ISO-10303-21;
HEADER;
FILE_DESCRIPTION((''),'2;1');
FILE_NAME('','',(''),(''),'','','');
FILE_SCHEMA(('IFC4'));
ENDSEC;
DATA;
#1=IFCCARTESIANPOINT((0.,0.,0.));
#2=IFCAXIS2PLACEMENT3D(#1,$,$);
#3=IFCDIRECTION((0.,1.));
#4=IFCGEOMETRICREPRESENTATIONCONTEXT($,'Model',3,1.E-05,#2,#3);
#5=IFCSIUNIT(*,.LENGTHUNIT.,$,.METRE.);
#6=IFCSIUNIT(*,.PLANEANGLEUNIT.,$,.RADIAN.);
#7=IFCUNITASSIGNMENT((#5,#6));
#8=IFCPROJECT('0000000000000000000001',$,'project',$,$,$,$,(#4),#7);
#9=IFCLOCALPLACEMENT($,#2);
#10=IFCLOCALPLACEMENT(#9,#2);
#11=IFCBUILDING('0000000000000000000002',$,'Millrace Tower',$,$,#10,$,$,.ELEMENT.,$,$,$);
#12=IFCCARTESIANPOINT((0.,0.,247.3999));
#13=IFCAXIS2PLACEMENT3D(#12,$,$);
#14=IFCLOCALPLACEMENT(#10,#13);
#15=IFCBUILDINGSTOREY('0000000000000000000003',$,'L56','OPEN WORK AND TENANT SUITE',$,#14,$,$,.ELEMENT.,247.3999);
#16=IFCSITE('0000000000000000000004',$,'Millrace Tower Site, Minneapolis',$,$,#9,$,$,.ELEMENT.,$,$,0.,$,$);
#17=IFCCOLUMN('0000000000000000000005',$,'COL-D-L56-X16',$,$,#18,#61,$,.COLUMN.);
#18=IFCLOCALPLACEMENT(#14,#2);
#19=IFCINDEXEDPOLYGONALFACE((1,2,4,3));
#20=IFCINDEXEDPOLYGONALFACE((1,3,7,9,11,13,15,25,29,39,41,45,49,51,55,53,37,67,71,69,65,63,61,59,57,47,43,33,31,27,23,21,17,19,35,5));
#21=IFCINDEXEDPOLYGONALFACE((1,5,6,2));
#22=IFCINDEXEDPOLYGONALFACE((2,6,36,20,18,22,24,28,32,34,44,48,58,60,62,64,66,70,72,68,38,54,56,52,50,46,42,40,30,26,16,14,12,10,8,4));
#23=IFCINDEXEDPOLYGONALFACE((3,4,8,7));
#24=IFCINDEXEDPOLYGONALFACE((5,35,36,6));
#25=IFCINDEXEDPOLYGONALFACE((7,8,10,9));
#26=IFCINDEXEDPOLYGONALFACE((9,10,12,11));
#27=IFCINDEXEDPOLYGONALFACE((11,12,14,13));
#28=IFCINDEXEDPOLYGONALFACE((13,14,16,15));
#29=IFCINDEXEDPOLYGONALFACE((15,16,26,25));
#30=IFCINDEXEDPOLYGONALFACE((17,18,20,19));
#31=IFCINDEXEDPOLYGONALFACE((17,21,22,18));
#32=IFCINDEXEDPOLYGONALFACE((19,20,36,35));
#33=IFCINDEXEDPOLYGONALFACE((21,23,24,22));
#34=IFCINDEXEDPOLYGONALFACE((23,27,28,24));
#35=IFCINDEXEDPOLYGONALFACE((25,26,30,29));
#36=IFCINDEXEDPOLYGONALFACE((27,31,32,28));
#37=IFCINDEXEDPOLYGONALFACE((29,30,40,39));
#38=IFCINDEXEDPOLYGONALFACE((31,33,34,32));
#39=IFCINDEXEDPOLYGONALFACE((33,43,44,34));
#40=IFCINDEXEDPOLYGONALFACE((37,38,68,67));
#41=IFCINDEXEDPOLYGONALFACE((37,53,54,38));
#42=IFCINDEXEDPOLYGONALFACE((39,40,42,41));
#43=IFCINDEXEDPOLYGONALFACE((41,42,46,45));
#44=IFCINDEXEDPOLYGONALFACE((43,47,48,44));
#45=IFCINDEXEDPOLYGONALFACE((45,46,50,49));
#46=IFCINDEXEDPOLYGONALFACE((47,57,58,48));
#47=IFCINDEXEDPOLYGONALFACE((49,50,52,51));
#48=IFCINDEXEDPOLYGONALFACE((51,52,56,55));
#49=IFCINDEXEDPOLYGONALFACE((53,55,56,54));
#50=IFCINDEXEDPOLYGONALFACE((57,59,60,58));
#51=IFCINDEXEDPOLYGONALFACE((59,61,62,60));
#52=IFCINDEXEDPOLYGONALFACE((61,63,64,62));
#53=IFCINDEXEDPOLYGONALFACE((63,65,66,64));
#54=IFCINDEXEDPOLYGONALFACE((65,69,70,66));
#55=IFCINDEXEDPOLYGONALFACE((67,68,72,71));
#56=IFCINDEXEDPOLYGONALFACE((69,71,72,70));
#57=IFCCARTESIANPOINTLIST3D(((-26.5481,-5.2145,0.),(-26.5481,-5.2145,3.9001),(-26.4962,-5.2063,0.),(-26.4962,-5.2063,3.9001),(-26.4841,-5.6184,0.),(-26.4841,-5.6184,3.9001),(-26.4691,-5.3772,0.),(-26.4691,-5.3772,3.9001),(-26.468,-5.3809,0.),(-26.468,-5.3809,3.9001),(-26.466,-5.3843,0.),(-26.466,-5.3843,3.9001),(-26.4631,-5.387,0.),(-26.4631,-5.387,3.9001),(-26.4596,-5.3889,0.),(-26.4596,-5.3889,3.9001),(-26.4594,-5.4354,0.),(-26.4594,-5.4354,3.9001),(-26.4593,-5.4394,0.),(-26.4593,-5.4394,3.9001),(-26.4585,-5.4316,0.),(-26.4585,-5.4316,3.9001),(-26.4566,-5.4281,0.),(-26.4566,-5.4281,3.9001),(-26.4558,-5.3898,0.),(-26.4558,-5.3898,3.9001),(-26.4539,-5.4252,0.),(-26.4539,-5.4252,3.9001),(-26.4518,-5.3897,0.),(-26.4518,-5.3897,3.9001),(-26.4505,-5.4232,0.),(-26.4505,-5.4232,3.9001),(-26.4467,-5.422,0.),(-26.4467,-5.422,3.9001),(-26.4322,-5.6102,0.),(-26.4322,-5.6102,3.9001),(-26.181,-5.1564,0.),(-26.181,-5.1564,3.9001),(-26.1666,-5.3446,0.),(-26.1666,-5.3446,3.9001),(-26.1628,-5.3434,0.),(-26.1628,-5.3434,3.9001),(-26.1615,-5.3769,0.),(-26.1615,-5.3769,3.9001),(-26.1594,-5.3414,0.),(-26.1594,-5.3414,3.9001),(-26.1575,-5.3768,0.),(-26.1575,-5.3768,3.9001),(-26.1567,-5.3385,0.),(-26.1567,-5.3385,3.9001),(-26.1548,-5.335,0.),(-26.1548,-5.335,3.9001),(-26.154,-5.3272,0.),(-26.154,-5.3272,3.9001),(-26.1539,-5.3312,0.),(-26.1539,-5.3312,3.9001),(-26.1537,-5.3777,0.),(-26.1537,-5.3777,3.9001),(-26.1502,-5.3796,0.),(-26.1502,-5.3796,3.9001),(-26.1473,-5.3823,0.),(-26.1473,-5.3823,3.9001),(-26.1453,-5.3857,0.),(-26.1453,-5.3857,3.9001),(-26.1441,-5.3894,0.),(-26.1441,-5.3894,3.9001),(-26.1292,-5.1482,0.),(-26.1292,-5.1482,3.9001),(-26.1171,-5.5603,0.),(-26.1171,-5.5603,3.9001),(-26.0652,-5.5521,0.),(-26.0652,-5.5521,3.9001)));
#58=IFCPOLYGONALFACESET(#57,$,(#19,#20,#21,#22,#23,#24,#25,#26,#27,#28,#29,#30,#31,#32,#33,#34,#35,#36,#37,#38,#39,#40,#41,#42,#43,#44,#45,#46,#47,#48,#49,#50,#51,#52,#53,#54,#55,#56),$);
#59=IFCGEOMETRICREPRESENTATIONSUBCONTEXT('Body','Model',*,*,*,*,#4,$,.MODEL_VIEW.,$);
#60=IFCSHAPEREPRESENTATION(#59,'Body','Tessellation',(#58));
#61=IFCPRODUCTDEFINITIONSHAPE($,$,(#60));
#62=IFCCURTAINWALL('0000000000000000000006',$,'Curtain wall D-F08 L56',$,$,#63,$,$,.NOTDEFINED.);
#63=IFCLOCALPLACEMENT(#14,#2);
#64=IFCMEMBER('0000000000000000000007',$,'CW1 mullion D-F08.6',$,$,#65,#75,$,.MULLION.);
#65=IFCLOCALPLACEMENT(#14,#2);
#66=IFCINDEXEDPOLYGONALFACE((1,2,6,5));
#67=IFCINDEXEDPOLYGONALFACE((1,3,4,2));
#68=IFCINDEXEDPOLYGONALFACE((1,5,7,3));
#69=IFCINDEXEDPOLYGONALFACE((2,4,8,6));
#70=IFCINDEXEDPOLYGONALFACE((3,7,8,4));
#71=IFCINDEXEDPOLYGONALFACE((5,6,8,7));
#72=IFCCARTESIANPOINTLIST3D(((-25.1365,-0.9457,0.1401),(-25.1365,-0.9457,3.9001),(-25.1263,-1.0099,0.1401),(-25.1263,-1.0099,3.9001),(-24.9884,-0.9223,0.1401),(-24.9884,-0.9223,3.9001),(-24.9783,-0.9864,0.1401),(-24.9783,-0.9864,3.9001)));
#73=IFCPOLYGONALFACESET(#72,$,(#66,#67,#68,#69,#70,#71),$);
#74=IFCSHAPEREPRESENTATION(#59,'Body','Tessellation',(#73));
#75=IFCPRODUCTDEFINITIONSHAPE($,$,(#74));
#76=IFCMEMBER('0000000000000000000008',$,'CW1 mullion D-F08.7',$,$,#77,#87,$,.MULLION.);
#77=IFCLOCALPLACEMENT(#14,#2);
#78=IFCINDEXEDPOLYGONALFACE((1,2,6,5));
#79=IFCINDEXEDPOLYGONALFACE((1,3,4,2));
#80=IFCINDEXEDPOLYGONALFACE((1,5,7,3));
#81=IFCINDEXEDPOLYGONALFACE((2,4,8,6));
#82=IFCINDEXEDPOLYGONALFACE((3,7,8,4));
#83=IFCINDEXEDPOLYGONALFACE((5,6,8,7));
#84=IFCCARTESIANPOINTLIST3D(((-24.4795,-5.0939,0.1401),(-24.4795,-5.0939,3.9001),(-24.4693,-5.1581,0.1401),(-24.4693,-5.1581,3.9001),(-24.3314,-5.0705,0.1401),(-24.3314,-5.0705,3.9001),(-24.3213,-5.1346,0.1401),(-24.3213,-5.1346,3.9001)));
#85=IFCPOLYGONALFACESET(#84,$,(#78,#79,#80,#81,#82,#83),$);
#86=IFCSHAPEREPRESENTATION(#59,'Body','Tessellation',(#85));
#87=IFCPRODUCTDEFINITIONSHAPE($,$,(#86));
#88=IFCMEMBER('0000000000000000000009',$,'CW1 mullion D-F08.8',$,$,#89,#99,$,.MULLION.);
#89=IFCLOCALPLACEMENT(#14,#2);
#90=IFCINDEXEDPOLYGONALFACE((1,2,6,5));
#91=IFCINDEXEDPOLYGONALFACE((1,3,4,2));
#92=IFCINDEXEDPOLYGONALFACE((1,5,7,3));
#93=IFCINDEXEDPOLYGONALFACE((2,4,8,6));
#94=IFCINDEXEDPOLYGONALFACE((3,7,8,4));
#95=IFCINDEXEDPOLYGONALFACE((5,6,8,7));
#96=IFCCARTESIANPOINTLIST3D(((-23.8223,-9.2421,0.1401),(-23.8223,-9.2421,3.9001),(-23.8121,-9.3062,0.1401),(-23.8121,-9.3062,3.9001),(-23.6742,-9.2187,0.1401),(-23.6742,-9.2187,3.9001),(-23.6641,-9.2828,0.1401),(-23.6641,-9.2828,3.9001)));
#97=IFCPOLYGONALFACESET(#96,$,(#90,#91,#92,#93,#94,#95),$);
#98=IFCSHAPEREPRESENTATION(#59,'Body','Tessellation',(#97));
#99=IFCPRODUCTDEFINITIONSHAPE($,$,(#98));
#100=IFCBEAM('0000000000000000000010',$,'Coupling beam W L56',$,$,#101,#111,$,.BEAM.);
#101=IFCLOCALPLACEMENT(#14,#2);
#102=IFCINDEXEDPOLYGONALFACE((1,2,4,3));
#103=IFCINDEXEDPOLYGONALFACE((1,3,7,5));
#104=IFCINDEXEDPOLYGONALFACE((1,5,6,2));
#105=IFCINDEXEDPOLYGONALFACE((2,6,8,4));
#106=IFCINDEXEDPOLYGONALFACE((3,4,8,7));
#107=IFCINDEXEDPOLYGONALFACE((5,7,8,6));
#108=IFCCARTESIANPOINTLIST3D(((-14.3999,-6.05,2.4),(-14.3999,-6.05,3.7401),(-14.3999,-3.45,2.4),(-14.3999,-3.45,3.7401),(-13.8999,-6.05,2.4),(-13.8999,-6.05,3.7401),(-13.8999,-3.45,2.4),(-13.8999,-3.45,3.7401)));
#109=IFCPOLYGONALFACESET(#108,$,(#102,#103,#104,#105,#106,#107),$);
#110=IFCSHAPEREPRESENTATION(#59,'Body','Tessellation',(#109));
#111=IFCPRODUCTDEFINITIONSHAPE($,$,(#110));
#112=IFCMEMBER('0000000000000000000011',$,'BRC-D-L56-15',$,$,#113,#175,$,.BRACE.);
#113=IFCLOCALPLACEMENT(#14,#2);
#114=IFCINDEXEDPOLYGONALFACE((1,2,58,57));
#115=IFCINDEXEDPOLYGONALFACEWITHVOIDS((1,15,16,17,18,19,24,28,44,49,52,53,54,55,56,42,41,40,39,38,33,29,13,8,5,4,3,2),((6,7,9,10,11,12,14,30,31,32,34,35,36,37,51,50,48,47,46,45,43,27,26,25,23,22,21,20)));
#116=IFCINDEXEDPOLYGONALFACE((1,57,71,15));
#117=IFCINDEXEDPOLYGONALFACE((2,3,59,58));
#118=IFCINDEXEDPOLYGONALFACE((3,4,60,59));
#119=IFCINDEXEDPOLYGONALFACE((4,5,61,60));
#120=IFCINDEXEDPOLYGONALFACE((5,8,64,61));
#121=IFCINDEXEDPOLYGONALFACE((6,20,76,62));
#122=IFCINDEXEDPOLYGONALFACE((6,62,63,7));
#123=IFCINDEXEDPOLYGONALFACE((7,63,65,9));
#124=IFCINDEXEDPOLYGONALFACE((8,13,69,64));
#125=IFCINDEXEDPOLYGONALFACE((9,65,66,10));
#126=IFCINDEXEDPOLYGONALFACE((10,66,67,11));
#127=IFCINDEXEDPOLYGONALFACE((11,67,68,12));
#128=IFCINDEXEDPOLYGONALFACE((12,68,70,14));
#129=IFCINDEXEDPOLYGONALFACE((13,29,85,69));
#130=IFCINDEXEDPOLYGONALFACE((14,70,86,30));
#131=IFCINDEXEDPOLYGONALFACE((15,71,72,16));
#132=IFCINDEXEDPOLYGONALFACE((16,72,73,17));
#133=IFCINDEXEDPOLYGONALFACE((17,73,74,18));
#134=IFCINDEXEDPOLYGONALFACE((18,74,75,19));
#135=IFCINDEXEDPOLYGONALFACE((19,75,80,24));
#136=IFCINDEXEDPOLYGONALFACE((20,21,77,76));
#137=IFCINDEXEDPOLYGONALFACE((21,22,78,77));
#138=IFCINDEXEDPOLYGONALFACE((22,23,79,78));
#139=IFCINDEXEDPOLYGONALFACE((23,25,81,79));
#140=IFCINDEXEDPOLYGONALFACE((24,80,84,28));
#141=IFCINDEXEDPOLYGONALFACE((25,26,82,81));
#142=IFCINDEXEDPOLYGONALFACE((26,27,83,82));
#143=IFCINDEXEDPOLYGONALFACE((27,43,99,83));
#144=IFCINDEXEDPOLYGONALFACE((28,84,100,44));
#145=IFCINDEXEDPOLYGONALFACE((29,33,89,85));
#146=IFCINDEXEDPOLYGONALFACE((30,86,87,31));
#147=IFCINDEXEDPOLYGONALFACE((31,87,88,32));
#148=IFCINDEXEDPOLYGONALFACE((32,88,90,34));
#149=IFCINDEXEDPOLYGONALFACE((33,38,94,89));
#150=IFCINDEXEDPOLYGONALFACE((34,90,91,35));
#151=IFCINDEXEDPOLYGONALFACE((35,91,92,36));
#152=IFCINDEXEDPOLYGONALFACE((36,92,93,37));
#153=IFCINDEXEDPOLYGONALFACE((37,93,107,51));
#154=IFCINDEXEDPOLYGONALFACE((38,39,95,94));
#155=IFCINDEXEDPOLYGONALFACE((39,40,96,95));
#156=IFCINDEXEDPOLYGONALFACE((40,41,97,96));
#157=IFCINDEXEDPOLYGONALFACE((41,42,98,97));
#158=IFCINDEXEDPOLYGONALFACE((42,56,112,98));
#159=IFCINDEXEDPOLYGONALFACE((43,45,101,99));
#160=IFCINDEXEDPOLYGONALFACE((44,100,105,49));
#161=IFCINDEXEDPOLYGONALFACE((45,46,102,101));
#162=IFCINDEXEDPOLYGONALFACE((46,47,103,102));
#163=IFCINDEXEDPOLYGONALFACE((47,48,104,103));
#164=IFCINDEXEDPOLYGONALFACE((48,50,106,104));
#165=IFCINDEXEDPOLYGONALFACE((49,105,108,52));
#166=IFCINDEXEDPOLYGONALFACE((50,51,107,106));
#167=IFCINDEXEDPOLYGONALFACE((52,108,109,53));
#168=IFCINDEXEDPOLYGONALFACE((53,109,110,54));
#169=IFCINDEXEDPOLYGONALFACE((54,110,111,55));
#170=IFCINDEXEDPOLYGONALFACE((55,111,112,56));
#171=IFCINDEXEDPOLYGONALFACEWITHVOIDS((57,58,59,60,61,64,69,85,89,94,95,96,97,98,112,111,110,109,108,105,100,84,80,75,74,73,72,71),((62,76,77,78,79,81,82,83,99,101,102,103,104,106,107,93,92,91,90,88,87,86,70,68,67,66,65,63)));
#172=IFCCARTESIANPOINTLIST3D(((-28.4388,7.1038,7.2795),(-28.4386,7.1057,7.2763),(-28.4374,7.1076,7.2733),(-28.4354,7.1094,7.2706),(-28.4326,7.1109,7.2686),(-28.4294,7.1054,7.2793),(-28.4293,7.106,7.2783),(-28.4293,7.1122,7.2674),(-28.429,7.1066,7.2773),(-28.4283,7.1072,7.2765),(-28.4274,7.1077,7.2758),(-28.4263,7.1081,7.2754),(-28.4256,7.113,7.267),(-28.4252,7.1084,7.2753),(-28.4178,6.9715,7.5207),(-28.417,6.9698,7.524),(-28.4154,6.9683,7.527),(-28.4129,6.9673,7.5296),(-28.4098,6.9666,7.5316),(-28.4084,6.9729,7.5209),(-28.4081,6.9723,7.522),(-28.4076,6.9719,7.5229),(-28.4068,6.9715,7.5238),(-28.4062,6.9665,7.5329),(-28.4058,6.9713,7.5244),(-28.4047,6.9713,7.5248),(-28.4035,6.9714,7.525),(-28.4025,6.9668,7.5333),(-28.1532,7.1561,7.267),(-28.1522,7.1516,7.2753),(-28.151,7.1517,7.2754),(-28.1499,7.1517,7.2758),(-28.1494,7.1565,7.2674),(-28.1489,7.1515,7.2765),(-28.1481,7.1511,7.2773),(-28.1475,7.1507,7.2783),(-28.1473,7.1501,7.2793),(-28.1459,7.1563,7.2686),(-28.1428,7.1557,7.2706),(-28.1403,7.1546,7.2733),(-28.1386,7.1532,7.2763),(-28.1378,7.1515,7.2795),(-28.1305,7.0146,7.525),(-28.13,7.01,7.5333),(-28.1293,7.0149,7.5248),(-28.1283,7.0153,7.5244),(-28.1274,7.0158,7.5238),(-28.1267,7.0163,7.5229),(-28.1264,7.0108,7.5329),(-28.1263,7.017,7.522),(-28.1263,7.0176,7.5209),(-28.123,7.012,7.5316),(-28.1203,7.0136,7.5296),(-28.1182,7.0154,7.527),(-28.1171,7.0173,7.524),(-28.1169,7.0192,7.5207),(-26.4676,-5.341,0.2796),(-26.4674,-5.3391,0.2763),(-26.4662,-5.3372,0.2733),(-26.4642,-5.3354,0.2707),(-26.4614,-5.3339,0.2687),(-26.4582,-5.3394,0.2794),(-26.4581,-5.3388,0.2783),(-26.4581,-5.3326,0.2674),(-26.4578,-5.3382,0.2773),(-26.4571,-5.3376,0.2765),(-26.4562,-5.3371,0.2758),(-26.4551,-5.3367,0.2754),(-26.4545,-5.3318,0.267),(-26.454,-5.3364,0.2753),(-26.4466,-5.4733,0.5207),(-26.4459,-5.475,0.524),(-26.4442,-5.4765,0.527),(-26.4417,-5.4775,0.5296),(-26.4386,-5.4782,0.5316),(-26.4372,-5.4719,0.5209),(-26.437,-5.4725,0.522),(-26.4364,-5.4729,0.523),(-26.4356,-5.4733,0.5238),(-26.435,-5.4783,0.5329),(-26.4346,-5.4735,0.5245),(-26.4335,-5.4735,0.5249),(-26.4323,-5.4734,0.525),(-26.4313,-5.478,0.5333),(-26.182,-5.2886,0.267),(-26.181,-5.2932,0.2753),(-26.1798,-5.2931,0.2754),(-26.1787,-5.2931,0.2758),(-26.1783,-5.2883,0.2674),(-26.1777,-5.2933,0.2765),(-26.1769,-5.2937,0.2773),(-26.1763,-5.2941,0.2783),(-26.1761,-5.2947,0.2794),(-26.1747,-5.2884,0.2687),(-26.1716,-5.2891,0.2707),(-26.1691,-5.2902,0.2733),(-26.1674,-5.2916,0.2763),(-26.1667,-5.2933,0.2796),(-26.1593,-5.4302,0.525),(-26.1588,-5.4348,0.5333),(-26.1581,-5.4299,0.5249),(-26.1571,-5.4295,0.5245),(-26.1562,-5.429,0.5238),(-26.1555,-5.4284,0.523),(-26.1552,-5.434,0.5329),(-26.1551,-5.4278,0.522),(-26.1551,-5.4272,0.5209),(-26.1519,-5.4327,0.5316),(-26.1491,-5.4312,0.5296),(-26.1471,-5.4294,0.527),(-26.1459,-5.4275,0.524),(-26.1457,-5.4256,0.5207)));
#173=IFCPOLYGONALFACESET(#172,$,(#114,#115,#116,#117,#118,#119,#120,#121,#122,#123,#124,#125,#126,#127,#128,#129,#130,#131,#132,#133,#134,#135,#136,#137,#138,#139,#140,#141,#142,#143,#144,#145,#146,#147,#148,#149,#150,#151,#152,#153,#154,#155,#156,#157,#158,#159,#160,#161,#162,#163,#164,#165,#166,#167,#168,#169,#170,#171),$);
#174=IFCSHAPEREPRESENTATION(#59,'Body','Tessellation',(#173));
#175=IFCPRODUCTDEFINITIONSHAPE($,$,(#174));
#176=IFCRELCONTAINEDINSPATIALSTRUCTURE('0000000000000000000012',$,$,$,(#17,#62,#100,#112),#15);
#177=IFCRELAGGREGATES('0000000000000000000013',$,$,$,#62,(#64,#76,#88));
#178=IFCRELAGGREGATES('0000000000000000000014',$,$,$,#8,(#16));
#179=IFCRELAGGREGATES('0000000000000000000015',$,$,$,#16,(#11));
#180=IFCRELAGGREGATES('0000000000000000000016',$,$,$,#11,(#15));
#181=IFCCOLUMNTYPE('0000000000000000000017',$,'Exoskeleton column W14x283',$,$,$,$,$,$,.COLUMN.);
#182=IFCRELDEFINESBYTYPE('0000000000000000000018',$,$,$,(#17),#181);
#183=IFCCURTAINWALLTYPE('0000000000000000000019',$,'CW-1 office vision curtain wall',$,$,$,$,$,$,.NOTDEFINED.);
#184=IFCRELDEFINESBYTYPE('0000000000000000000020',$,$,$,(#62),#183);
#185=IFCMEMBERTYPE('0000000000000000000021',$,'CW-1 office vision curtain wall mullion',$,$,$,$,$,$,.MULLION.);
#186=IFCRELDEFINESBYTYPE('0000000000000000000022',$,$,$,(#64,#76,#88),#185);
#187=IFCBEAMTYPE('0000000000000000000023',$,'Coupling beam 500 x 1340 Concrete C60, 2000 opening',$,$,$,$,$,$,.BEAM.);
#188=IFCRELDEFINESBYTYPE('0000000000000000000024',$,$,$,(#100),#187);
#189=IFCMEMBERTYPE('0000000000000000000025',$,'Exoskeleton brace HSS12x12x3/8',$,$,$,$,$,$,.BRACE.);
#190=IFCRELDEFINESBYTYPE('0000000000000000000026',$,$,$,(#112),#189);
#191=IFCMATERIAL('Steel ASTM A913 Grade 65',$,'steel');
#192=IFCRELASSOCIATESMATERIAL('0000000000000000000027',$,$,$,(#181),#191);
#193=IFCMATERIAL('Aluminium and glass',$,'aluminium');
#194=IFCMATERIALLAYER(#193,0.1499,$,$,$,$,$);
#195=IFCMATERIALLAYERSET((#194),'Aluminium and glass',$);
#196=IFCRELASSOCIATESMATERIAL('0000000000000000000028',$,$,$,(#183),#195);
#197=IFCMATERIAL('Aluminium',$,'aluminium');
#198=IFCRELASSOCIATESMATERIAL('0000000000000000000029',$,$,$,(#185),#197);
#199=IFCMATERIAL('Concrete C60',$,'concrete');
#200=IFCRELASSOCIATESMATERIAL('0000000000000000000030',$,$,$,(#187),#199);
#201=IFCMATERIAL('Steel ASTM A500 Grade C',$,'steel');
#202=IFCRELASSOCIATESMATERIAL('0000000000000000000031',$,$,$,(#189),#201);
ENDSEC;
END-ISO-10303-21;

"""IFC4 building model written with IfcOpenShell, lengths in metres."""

from ifc_helpers import new_model, si_unit, direction, frame, origin, origin_2d, place, context, subcontext, project, spatial, rectangle, hollow_rectangle, i_section, extrude, material, layer, layer_set, material_profile, profile_set, type_object, element, aggregate, save


model = new_model("IFC4")

# Units and contexts
model_context = context("Model", 3, precision=1e-05, world=origin(), true_north=direction((0.0, 1.0)))
body_context = subcontext(model_context, "Body", "Model", "MODEL_VIEW")
ifc_project = project(units=[si_unit("LENGTHUNIT", "METRE"), si_unit("PLANEANGLEUNIT", "RADIAN")], contexts=[model_context])

# Site, building, storey
site_placement = place(None, origin())
site = spatial("IfcSite", under=ifc_project, at=site_placement, Name="Millrace Tower Site, Minneapolis", CompositionType="ELEMENT", RefElevation=0.0)
building_placement = place(site_placement, origin())
building = spatial("IfcBuilding", under=site, at=building_placement, Name="Millrace Tower", CompositionType="ELEMENT")
storey_placement = place(building_placement, frame((0.0, 0.0, 247.3999)))
storey = spatial("IfcBuildingStorey", under=building, at=storey_placement, Name="L56", Description="OPEN WORK AND TENANT SUITE", CompositionType="ELEMENT", Elevation=247.3999)

# Column
ifc_material_1 = material(Name="Steel ASTM A913 Grade 65", Category="steel")
ifc_material_profile_1 = material_profile(ifc_material_1, i_section(OverallWidth=0.4089, OverallDepth=0.4241, WebThickness=0.0327, FlangeThickness=0.0525, FilletRadius=0.0151, at=origin_2d()))
ifc_profile_set_1 = profile_set([ifc_material_profile_1], Name="Steel ASTM A913 Grade 65")
column_type = type_object("IfcColumnType", Name="Exoskeleton column W14x283", PredefinedType="COLUMN", material=ifc_profile_set_1)
column_placement = place(storey_placement, frame((-26.3066, -5.3833, 0.0), z_axis=(0.0, 0.0, 1.0), x_axis=(0.156434, -0.987688, 0.0)))
element("IfcColumn", 1, at=column_placement, inside=storey, type_object=column_type, Name="COL-D-L56-X16", PredefinedType="COLUMN", context=body_context, shape_type="SweptSolid", body=[
    extrude(i_section(OverallWidth=0.4089, OverallDepth=0.4241, WebThickness=0.0327, FlangeThickness=0.0525, FilletRadius=0.0151, at=origin_2d()), origin(), (0.0, 0.0, 1.0), 3.9001),
])

# Curtain wall, members
ifc_material_2 = material(Name="Aluminium and glass", Category="aluminium")
ifc_layer_1 = layer(ifc_material_2, 0.1499)
ifc_layer_set_1 = layer_set([ifc_layer_1], Name="Aluminium and glass")
curtain_wall_type = type_object("IfcCurtainWallType", Name="CW-1 office vision curtain wall", PredefinedType="NOTDEFINED", material=ifc_layer_set_1)
curtain_wall_placement = place(storey_placement, origin())
curtain_wall = element("IfcCurtainWall", 2, at=curtain_wall_placement, inside=storey, type_object=curtain_wall_type, Name="Curtain wall D-F08 L56", PredefinedType="NOTDEFINED")
ifc_material_3 = material(Name="Aluminium", Category="aluminium")
ifc_material_profile_2 = material_profile(ifc_material_3, rectangle(XDim=0.0649, YDim=0.1499, at=origin_2d()))
ifc_profile_set_2 = profile_set([ifc_material_profile_2], Name="Aluminium")
member_type_1 = type_object("IfcMemberType", Name="CW-1 office vision curtain wall mullion", PredefinedType="MULLION", material=ifc_profile_set_2)
member_1_placement = place(storey_placement, frame((-25.0574, -0.9661, 0.1401), z_axis=(0.0, 0.0, 1.0), x_axis=(0.156434, -0.987688, 0.0)))
member_1 = element("IfcMember", 3, at=member_1_placement, type_object=member_type_1, Name="CW1 mullion D-F08.6", PredefinedType="MULLION", context=body_context, shape_type="SweptSolid", body=[
    extrude(rectangle(XDim=0.0649, YDim=0.1499, at=origin_2d()), origin(), (0.0, 0.0, 1.0), 3.76),
])
member_2_placement = place(storey_placement, frame((-24.4004, -5.1143, 0.1401), z_axis=(0.0, 0.0, 1.0), x_axis=(0.156434, -0.987688, 0.0)))
member_2 = element("IfcMember", 4, at=member_2_placement, type_object=member_type_1, Name="CW1 mullion D-F08.7", PredefinedType="MULLION", context=body_context, shape_type="SweptSolid", body=[
    extrude(rectangle(XDim=0.0649, YDim=0.1499, at=origin_2d()), origin(), (0.0, 0.0, 1.0), 3.76),
])
member_3_placement = place(storey_placement, frame((-23.7432, -9.2625, 0.1401), z_axis=(0.0, 0.0, 1.0), x_axis=(0.156434, -0.987688, 0.0)))
member_3 = element("IfcMember", 5, at=member_3_placement, type_object=member_type_1, Name="CW1 mullion D-F08.8", PredefinedType="MULLION", context=body_context, shape_type="SweptSolid", body=[
    extrude(rectangle(XDim=0.0649, YDim=0.1499, at=origin_2d()), origin(), (0.0, 0.0, 1.0), 3.76),
])
aggregate(curtain_wall, [member_1, member_2, member_3])

# Beam
ifc_material_4 = material(Name="Concrete C60", Category="concrete")
ifc_material_profile_3 = material_profile(ifc_material_4, rectangle(XDim=0.5, YDim=1.3401, at=origin_2d()))
ifc_profile_set_3 = profile_set([ifc_material_profile_3], Name="Concrete C60")
beam_type_1 = type_object("IfcBeamType", Name="Coupling beam 500 x 1340 Concrete C60, 2000 opening", PredefinedType="BEAM", material=ifc_profile_set_3)
beam_1_placement = place(storey_placement, frame((-14.1499, -6.05, 3.0701), z_axis=(0.0, 1.0, 0.0), x_axis=(-1.0, 0.0, 0.0)))
element("IfcBeam", 6, at=beam_1_placement, inside=storey, type_object=beam_type_1, Name="Coupling beam W L56", PredefinedType="BEAM", context=body_context, shape_type="SweptSolid", body=[
    extrude(rectangle(XDim=0.5, YDim=1.3401, at=origin_2d()), origin(), (0.0, 0.0, 1.0), 2.6001),
])

# Member
ifc_material_5 = material(Name="Steel ASTM A500 Grade C", Category="steel")
ifc_material_profile_4 = material_profile(ifc_material_5, hollow_rectangle(XDim=0.3047, YDim=0.3047, WallThickness=0.0095, InnerFilletRadius=0.0046, OuterFilletRadius=0.0144, at=origin_2d()))
ifc_profile_set_4 = profile_set([ifc_material_profile_4], Name="Steel ASTM A500 Grade C")
member_type_2 = type_object("IfcMemberType", Name="Exoskeleton brace HSS12x12x3/8", PredefinedType="BRACE", material=ifc_profile_set_4)
member_4_placement = place(storey_placement, frame((-26.3066, -5.3833, 0.4001), z_axis=(-0.136757, 0.863393, 0.485644), x_axis=(-0.987687, -0.156444, 0.0)))
element("IfcMember", 7, at=member_4_placement, inside=storey, type_object=member_type_2, Name="BRC-D-L56-15", PredefinedType="BRACE", context=body_context, shape_type="SweptSolid", body=[
    extrude(hollow_rectangle(XDim=0.3047, YDim=0.3047, WallThickness=0.0095, InnerFilletRadius=0.0046, OuterFilletRadius=0.0144, at=origin_2d()), origin(), (0.0, 0.0, 1.0), 14.4138),
])

save(model, "model.ifc")
